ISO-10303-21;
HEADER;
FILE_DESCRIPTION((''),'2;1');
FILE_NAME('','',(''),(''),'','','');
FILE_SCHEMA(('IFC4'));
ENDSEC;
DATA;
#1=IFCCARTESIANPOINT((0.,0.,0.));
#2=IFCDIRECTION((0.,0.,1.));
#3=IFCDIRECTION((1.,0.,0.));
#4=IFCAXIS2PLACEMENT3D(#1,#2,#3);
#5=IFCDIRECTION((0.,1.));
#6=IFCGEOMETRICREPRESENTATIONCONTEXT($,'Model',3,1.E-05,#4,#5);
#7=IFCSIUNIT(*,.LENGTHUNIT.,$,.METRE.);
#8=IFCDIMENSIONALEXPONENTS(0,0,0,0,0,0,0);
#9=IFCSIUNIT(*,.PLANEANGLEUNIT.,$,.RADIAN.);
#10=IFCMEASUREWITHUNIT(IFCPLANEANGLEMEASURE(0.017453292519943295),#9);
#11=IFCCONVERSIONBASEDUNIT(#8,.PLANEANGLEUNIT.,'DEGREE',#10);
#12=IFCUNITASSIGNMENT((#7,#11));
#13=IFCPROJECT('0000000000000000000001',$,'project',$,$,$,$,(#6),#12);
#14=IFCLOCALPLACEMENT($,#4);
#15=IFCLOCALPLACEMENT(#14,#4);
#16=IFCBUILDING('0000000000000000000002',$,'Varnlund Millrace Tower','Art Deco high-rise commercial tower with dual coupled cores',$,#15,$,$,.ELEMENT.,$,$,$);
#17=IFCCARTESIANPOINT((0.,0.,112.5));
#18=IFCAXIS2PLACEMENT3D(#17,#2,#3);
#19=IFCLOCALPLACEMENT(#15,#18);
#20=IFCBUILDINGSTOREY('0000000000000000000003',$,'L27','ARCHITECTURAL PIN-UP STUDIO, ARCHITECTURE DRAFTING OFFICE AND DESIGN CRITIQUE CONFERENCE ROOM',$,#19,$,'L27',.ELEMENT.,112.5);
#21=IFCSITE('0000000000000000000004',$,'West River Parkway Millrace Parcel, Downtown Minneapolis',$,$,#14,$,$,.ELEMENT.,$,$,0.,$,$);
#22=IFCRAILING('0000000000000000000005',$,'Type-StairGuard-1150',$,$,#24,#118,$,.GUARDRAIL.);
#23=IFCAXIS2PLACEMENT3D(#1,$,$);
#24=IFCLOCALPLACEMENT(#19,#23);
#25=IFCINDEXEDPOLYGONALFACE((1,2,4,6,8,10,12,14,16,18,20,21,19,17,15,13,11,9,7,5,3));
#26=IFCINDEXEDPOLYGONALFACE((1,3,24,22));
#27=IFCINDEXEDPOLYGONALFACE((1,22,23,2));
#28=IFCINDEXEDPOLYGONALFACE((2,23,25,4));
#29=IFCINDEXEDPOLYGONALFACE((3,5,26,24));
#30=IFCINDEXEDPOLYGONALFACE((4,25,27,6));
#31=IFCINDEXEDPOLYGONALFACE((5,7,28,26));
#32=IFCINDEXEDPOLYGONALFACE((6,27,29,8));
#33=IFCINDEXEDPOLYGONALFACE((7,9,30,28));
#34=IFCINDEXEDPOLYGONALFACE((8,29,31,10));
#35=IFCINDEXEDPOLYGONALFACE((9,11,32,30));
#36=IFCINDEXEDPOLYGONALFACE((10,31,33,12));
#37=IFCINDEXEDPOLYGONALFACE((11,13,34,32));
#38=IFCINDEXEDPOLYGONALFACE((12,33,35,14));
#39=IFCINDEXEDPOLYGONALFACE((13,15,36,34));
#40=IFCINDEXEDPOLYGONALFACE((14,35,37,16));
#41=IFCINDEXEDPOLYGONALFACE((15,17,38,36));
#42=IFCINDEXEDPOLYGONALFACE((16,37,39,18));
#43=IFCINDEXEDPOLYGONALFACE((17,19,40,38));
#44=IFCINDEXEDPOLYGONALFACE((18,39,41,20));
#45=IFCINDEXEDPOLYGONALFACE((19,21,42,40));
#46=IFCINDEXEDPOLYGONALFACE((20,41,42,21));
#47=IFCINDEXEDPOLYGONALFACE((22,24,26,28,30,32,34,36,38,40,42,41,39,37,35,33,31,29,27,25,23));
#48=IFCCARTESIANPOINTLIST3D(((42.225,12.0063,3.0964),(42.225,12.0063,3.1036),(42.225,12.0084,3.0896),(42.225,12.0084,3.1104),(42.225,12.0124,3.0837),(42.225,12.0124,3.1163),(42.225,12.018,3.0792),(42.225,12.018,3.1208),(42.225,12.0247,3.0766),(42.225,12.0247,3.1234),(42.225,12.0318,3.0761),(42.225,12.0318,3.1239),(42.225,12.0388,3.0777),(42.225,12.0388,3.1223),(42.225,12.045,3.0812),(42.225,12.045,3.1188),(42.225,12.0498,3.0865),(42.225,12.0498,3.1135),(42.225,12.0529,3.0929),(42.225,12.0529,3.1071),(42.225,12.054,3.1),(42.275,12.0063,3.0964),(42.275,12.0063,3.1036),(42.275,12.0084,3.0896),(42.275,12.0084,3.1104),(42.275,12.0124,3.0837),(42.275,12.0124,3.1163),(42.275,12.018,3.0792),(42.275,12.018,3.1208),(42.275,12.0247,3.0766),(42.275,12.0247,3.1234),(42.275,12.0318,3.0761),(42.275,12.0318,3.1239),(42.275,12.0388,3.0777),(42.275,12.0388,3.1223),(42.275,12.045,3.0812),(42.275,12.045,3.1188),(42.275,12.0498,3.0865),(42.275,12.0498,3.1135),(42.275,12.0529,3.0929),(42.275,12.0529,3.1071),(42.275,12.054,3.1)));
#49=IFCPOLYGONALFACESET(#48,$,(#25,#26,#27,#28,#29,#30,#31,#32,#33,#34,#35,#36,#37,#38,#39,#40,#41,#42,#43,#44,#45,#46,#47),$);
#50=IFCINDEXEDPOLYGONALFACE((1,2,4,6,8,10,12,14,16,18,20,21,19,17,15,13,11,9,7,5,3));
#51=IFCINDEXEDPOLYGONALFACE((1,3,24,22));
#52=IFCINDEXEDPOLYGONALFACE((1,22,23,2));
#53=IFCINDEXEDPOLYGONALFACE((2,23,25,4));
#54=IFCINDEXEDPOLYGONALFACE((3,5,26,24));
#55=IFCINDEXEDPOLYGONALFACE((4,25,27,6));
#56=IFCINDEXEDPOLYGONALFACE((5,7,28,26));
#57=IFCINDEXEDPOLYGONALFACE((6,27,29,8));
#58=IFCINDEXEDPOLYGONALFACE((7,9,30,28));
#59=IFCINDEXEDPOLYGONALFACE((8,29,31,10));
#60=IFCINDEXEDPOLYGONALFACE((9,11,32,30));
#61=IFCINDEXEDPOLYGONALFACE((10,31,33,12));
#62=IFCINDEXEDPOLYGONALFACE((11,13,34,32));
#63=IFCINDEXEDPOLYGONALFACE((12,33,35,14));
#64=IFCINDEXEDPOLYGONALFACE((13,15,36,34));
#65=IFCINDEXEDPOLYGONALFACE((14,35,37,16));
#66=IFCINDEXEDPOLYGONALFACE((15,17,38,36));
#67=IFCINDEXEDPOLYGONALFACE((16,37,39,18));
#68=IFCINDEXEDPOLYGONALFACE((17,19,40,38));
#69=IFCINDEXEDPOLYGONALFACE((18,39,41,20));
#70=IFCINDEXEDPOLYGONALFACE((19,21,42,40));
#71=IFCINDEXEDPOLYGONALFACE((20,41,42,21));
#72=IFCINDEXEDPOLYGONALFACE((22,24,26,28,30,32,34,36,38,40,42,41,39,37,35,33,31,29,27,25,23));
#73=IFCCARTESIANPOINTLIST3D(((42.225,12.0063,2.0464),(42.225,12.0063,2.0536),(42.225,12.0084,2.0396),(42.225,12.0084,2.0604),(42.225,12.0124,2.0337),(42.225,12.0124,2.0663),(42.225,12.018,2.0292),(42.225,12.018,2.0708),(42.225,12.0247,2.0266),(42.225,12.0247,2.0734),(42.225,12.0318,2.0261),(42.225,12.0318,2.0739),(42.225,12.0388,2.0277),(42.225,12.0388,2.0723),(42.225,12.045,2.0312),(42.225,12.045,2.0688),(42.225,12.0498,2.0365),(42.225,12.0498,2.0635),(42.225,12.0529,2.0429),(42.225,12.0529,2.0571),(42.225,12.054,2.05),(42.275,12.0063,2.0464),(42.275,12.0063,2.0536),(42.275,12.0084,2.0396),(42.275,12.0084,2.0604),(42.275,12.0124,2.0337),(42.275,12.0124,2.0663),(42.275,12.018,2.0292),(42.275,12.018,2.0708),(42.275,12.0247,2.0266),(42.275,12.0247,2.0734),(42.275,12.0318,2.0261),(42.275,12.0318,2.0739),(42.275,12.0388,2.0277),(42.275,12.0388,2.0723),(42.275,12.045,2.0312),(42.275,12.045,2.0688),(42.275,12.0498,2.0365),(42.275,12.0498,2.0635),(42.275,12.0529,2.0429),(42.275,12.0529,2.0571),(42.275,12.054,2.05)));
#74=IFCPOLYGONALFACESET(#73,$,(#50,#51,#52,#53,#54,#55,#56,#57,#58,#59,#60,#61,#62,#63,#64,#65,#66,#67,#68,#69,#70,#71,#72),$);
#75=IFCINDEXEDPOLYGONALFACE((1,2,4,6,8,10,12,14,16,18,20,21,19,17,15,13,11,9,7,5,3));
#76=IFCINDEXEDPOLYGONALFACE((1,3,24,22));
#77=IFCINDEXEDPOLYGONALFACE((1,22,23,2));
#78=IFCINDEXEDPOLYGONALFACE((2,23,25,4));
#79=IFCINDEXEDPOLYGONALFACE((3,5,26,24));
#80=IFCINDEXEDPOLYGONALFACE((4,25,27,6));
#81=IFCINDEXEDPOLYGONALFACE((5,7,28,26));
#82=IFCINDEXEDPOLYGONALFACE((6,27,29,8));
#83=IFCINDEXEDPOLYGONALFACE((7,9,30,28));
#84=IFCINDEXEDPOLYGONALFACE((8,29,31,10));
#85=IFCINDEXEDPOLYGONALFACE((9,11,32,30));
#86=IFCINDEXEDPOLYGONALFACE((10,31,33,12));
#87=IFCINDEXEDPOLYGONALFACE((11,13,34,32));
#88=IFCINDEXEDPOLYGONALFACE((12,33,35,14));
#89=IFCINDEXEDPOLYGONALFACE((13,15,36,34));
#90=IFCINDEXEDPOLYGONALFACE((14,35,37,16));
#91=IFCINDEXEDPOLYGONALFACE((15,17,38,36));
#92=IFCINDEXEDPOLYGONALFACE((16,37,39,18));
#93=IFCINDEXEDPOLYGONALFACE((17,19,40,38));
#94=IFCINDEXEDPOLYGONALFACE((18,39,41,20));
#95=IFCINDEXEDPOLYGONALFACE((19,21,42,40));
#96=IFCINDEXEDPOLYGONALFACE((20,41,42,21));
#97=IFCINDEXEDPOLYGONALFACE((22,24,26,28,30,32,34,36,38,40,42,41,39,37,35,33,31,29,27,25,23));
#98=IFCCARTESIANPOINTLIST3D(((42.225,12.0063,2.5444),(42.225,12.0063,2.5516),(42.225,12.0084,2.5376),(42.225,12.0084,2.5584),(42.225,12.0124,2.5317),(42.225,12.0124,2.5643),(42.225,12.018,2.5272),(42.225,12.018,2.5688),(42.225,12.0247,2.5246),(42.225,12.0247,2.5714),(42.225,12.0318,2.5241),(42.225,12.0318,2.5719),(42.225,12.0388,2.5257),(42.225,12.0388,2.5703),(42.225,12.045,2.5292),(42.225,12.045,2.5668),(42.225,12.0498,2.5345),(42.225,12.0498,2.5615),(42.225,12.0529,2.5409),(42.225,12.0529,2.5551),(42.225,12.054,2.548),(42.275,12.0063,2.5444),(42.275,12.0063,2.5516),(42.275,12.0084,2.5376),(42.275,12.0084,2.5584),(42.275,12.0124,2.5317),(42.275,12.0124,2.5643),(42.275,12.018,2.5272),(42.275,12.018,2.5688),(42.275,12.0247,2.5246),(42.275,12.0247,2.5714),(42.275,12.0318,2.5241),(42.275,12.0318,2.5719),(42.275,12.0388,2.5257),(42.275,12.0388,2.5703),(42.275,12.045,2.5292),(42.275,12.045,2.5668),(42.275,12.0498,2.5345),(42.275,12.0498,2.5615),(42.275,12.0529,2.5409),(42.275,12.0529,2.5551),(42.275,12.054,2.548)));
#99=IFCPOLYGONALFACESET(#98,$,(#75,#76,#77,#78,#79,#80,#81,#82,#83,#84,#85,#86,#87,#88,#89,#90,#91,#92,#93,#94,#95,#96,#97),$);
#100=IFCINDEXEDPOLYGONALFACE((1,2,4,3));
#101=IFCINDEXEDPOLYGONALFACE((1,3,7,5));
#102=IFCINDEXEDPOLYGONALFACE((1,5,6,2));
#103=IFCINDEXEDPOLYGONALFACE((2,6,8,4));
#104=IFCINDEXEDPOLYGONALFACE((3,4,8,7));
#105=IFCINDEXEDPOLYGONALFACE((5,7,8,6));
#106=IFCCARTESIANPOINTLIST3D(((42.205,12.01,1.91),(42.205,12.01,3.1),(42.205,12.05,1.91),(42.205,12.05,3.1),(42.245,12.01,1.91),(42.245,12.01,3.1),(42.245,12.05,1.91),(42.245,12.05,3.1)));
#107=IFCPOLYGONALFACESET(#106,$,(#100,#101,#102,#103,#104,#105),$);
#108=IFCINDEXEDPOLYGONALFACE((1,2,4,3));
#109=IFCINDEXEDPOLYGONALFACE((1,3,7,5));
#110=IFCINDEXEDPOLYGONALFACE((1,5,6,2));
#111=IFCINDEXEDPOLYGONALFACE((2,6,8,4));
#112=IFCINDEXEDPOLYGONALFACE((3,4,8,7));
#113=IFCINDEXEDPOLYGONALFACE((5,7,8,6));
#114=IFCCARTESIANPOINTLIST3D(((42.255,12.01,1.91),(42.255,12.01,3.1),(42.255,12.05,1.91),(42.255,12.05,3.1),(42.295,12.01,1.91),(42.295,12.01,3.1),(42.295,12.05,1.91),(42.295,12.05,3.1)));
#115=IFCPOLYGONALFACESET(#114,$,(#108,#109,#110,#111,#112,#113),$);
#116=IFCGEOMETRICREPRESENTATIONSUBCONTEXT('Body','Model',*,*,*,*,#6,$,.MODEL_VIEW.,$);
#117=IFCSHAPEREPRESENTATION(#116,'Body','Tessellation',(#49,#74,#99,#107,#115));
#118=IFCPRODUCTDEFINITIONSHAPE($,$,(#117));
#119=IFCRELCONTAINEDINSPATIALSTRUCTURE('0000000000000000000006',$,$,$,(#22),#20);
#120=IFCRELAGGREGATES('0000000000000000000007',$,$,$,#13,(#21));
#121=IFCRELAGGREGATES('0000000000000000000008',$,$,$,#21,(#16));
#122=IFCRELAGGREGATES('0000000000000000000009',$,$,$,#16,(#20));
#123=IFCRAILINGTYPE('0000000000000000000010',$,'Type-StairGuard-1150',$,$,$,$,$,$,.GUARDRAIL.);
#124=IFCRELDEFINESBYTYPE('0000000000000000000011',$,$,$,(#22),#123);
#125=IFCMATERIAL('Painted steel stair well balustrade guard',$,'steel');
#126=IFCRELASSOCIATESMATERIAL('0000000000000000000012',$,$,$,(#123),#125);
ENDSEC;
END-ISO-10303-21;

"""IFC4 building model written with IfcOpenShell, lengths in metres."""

from ifc_helpers import new_model, entity, si_unit, converted_unit, direction, frame, origin_with_axes, origin_2d_with_axis, place, context, subcontext, project, spatial, rectangle, circle, extrude, material, type_object, element, save


model = new_model("IFC4")

# Units and contexts
model_context = context("Model", 3, precision=1e-05, world=origin_with_axes(), true_north=direction((0.0, 1.0)))
body_context = subcontext(model_context, "Body", "Model", "MODEL_VIEW")
ifc_project = project(units=[si_unit("LENGTHUNIT", "METRE"), converted_unit("PLANEANGLEUNIT", "DEGREE", entity("IfcPlaneAngleMeasure", 0.017453292519943295), si_unit("PLANEANGLEUNIT", "RADIAN"), dimensions=[0, 0, 0, 0, 0, 0, 0])], contexts=[model_context])

# Site, building, storey
site_placement = place(None, origin_with_axes())
site = spatial("IfcSite", under=ifc_project, at=site_placement, Name="West River Parkway Millrace Parcel, Downtown Minneapolis", CompositionType="ELEMENT", RefElevation=0.0)
building_placement = place(site_placement, origin_with_axes())
building = spatial("IfcBuilding", under=site, at=building_placement, Name="Varnlund Millrace Tower", Description="Art Deco high-rise commercial tower with dual coupled cores", CompositionType="ELEMENT")
storey_placement = place(building_placement, frame((0.0, 0.0, 112.5), z_axis=(0.0, 0.0, 1.0), x_axis=(1.0, 0.0, 0.0)))
storey = spatial("IfcBuildingStorey", under=building, at=storey_placement, Name="L27", Description="ARCHITECTURAL PIN-UP STUDIO, ARCHITECTURE DRAFTING OFFICE AND DESIGN CRITIQUE CONFERENCE ROOM", LongName="L27", CompositionType="ELEMENT", Elevation=112.5)

# Railing
ifc_material_1 = material(Name="Painted steel stair well balustrade guard", Category="steel")
railing_type_1 = type_object("IfcRailingType", Name="Type-StairGuard-1150", PredefinedType="GUARDRAIL", material=ifc_material_1)
railing_1_placement = place(storey_placement, frame((0.0, 0.0, -112.5), z_axis=(0.0, 0.0, 1.0), x_axis=(1.0, 0.0, 0.0)))
element("IfcRailing", 1, at=railing_1_placement, inside=storey, type_object=railing_type_1, Name="Type-StairGuard-1150", PredefinedType="GUARDRAIL", context=body_context, shape_type="SweptSolid", body=[
    extrude(circle(Radius=0.024, at=origin_2d_with_axis()), frame((42.225, 12.03, 115.6), z_axis=(1.0, 0.0, 0.0), x_axis=(0.0, 1.0, 0.0)), (0.0, 0.0, 1.0), 0.05),
    extrude(circle(Radius=0.024, at=origin_2d_with_axis()), frame((42.225, 12.03, 114.55), z_axis=(1.0, 0.0, 0.0), x_axis=(0.0, 1.0, 0.0)), (0.0, 0.0, 1.0), 0.05),
    extrude(circle(Radius=0.024, at=origin_2d_with_axis()), frame((42.225, 12.03, 115.048), z_axis=(1.0, 0.0, 0.0), x_axis=(0.0, 1.0, 0.0)), (0.0, 0.0, 1.0), 0.05),
    extrude(rectangle(XDim=0.04, YDim=0.04, at=origin_2d_with_axis()), frame((42.225, 12.03, 114.41), z_axis=(0.0, 0.0, 1.0), x_axis=(1.0, 0.0, 0.0)), (0.0, 0.0, 1.0), 1.19),
    extrude(rectangle(XDim=0.04, YDim=0.04, at=origin_2d_with_axis()), frame((42.275, 12.03, 114.41), z_axis=(0.0, 0.0, 1.0), x_axis=(1.0, 0.0, 0.0)), (0.0, 0.0, 1.0), 1.19),
])

save(model, "model.ifc")
